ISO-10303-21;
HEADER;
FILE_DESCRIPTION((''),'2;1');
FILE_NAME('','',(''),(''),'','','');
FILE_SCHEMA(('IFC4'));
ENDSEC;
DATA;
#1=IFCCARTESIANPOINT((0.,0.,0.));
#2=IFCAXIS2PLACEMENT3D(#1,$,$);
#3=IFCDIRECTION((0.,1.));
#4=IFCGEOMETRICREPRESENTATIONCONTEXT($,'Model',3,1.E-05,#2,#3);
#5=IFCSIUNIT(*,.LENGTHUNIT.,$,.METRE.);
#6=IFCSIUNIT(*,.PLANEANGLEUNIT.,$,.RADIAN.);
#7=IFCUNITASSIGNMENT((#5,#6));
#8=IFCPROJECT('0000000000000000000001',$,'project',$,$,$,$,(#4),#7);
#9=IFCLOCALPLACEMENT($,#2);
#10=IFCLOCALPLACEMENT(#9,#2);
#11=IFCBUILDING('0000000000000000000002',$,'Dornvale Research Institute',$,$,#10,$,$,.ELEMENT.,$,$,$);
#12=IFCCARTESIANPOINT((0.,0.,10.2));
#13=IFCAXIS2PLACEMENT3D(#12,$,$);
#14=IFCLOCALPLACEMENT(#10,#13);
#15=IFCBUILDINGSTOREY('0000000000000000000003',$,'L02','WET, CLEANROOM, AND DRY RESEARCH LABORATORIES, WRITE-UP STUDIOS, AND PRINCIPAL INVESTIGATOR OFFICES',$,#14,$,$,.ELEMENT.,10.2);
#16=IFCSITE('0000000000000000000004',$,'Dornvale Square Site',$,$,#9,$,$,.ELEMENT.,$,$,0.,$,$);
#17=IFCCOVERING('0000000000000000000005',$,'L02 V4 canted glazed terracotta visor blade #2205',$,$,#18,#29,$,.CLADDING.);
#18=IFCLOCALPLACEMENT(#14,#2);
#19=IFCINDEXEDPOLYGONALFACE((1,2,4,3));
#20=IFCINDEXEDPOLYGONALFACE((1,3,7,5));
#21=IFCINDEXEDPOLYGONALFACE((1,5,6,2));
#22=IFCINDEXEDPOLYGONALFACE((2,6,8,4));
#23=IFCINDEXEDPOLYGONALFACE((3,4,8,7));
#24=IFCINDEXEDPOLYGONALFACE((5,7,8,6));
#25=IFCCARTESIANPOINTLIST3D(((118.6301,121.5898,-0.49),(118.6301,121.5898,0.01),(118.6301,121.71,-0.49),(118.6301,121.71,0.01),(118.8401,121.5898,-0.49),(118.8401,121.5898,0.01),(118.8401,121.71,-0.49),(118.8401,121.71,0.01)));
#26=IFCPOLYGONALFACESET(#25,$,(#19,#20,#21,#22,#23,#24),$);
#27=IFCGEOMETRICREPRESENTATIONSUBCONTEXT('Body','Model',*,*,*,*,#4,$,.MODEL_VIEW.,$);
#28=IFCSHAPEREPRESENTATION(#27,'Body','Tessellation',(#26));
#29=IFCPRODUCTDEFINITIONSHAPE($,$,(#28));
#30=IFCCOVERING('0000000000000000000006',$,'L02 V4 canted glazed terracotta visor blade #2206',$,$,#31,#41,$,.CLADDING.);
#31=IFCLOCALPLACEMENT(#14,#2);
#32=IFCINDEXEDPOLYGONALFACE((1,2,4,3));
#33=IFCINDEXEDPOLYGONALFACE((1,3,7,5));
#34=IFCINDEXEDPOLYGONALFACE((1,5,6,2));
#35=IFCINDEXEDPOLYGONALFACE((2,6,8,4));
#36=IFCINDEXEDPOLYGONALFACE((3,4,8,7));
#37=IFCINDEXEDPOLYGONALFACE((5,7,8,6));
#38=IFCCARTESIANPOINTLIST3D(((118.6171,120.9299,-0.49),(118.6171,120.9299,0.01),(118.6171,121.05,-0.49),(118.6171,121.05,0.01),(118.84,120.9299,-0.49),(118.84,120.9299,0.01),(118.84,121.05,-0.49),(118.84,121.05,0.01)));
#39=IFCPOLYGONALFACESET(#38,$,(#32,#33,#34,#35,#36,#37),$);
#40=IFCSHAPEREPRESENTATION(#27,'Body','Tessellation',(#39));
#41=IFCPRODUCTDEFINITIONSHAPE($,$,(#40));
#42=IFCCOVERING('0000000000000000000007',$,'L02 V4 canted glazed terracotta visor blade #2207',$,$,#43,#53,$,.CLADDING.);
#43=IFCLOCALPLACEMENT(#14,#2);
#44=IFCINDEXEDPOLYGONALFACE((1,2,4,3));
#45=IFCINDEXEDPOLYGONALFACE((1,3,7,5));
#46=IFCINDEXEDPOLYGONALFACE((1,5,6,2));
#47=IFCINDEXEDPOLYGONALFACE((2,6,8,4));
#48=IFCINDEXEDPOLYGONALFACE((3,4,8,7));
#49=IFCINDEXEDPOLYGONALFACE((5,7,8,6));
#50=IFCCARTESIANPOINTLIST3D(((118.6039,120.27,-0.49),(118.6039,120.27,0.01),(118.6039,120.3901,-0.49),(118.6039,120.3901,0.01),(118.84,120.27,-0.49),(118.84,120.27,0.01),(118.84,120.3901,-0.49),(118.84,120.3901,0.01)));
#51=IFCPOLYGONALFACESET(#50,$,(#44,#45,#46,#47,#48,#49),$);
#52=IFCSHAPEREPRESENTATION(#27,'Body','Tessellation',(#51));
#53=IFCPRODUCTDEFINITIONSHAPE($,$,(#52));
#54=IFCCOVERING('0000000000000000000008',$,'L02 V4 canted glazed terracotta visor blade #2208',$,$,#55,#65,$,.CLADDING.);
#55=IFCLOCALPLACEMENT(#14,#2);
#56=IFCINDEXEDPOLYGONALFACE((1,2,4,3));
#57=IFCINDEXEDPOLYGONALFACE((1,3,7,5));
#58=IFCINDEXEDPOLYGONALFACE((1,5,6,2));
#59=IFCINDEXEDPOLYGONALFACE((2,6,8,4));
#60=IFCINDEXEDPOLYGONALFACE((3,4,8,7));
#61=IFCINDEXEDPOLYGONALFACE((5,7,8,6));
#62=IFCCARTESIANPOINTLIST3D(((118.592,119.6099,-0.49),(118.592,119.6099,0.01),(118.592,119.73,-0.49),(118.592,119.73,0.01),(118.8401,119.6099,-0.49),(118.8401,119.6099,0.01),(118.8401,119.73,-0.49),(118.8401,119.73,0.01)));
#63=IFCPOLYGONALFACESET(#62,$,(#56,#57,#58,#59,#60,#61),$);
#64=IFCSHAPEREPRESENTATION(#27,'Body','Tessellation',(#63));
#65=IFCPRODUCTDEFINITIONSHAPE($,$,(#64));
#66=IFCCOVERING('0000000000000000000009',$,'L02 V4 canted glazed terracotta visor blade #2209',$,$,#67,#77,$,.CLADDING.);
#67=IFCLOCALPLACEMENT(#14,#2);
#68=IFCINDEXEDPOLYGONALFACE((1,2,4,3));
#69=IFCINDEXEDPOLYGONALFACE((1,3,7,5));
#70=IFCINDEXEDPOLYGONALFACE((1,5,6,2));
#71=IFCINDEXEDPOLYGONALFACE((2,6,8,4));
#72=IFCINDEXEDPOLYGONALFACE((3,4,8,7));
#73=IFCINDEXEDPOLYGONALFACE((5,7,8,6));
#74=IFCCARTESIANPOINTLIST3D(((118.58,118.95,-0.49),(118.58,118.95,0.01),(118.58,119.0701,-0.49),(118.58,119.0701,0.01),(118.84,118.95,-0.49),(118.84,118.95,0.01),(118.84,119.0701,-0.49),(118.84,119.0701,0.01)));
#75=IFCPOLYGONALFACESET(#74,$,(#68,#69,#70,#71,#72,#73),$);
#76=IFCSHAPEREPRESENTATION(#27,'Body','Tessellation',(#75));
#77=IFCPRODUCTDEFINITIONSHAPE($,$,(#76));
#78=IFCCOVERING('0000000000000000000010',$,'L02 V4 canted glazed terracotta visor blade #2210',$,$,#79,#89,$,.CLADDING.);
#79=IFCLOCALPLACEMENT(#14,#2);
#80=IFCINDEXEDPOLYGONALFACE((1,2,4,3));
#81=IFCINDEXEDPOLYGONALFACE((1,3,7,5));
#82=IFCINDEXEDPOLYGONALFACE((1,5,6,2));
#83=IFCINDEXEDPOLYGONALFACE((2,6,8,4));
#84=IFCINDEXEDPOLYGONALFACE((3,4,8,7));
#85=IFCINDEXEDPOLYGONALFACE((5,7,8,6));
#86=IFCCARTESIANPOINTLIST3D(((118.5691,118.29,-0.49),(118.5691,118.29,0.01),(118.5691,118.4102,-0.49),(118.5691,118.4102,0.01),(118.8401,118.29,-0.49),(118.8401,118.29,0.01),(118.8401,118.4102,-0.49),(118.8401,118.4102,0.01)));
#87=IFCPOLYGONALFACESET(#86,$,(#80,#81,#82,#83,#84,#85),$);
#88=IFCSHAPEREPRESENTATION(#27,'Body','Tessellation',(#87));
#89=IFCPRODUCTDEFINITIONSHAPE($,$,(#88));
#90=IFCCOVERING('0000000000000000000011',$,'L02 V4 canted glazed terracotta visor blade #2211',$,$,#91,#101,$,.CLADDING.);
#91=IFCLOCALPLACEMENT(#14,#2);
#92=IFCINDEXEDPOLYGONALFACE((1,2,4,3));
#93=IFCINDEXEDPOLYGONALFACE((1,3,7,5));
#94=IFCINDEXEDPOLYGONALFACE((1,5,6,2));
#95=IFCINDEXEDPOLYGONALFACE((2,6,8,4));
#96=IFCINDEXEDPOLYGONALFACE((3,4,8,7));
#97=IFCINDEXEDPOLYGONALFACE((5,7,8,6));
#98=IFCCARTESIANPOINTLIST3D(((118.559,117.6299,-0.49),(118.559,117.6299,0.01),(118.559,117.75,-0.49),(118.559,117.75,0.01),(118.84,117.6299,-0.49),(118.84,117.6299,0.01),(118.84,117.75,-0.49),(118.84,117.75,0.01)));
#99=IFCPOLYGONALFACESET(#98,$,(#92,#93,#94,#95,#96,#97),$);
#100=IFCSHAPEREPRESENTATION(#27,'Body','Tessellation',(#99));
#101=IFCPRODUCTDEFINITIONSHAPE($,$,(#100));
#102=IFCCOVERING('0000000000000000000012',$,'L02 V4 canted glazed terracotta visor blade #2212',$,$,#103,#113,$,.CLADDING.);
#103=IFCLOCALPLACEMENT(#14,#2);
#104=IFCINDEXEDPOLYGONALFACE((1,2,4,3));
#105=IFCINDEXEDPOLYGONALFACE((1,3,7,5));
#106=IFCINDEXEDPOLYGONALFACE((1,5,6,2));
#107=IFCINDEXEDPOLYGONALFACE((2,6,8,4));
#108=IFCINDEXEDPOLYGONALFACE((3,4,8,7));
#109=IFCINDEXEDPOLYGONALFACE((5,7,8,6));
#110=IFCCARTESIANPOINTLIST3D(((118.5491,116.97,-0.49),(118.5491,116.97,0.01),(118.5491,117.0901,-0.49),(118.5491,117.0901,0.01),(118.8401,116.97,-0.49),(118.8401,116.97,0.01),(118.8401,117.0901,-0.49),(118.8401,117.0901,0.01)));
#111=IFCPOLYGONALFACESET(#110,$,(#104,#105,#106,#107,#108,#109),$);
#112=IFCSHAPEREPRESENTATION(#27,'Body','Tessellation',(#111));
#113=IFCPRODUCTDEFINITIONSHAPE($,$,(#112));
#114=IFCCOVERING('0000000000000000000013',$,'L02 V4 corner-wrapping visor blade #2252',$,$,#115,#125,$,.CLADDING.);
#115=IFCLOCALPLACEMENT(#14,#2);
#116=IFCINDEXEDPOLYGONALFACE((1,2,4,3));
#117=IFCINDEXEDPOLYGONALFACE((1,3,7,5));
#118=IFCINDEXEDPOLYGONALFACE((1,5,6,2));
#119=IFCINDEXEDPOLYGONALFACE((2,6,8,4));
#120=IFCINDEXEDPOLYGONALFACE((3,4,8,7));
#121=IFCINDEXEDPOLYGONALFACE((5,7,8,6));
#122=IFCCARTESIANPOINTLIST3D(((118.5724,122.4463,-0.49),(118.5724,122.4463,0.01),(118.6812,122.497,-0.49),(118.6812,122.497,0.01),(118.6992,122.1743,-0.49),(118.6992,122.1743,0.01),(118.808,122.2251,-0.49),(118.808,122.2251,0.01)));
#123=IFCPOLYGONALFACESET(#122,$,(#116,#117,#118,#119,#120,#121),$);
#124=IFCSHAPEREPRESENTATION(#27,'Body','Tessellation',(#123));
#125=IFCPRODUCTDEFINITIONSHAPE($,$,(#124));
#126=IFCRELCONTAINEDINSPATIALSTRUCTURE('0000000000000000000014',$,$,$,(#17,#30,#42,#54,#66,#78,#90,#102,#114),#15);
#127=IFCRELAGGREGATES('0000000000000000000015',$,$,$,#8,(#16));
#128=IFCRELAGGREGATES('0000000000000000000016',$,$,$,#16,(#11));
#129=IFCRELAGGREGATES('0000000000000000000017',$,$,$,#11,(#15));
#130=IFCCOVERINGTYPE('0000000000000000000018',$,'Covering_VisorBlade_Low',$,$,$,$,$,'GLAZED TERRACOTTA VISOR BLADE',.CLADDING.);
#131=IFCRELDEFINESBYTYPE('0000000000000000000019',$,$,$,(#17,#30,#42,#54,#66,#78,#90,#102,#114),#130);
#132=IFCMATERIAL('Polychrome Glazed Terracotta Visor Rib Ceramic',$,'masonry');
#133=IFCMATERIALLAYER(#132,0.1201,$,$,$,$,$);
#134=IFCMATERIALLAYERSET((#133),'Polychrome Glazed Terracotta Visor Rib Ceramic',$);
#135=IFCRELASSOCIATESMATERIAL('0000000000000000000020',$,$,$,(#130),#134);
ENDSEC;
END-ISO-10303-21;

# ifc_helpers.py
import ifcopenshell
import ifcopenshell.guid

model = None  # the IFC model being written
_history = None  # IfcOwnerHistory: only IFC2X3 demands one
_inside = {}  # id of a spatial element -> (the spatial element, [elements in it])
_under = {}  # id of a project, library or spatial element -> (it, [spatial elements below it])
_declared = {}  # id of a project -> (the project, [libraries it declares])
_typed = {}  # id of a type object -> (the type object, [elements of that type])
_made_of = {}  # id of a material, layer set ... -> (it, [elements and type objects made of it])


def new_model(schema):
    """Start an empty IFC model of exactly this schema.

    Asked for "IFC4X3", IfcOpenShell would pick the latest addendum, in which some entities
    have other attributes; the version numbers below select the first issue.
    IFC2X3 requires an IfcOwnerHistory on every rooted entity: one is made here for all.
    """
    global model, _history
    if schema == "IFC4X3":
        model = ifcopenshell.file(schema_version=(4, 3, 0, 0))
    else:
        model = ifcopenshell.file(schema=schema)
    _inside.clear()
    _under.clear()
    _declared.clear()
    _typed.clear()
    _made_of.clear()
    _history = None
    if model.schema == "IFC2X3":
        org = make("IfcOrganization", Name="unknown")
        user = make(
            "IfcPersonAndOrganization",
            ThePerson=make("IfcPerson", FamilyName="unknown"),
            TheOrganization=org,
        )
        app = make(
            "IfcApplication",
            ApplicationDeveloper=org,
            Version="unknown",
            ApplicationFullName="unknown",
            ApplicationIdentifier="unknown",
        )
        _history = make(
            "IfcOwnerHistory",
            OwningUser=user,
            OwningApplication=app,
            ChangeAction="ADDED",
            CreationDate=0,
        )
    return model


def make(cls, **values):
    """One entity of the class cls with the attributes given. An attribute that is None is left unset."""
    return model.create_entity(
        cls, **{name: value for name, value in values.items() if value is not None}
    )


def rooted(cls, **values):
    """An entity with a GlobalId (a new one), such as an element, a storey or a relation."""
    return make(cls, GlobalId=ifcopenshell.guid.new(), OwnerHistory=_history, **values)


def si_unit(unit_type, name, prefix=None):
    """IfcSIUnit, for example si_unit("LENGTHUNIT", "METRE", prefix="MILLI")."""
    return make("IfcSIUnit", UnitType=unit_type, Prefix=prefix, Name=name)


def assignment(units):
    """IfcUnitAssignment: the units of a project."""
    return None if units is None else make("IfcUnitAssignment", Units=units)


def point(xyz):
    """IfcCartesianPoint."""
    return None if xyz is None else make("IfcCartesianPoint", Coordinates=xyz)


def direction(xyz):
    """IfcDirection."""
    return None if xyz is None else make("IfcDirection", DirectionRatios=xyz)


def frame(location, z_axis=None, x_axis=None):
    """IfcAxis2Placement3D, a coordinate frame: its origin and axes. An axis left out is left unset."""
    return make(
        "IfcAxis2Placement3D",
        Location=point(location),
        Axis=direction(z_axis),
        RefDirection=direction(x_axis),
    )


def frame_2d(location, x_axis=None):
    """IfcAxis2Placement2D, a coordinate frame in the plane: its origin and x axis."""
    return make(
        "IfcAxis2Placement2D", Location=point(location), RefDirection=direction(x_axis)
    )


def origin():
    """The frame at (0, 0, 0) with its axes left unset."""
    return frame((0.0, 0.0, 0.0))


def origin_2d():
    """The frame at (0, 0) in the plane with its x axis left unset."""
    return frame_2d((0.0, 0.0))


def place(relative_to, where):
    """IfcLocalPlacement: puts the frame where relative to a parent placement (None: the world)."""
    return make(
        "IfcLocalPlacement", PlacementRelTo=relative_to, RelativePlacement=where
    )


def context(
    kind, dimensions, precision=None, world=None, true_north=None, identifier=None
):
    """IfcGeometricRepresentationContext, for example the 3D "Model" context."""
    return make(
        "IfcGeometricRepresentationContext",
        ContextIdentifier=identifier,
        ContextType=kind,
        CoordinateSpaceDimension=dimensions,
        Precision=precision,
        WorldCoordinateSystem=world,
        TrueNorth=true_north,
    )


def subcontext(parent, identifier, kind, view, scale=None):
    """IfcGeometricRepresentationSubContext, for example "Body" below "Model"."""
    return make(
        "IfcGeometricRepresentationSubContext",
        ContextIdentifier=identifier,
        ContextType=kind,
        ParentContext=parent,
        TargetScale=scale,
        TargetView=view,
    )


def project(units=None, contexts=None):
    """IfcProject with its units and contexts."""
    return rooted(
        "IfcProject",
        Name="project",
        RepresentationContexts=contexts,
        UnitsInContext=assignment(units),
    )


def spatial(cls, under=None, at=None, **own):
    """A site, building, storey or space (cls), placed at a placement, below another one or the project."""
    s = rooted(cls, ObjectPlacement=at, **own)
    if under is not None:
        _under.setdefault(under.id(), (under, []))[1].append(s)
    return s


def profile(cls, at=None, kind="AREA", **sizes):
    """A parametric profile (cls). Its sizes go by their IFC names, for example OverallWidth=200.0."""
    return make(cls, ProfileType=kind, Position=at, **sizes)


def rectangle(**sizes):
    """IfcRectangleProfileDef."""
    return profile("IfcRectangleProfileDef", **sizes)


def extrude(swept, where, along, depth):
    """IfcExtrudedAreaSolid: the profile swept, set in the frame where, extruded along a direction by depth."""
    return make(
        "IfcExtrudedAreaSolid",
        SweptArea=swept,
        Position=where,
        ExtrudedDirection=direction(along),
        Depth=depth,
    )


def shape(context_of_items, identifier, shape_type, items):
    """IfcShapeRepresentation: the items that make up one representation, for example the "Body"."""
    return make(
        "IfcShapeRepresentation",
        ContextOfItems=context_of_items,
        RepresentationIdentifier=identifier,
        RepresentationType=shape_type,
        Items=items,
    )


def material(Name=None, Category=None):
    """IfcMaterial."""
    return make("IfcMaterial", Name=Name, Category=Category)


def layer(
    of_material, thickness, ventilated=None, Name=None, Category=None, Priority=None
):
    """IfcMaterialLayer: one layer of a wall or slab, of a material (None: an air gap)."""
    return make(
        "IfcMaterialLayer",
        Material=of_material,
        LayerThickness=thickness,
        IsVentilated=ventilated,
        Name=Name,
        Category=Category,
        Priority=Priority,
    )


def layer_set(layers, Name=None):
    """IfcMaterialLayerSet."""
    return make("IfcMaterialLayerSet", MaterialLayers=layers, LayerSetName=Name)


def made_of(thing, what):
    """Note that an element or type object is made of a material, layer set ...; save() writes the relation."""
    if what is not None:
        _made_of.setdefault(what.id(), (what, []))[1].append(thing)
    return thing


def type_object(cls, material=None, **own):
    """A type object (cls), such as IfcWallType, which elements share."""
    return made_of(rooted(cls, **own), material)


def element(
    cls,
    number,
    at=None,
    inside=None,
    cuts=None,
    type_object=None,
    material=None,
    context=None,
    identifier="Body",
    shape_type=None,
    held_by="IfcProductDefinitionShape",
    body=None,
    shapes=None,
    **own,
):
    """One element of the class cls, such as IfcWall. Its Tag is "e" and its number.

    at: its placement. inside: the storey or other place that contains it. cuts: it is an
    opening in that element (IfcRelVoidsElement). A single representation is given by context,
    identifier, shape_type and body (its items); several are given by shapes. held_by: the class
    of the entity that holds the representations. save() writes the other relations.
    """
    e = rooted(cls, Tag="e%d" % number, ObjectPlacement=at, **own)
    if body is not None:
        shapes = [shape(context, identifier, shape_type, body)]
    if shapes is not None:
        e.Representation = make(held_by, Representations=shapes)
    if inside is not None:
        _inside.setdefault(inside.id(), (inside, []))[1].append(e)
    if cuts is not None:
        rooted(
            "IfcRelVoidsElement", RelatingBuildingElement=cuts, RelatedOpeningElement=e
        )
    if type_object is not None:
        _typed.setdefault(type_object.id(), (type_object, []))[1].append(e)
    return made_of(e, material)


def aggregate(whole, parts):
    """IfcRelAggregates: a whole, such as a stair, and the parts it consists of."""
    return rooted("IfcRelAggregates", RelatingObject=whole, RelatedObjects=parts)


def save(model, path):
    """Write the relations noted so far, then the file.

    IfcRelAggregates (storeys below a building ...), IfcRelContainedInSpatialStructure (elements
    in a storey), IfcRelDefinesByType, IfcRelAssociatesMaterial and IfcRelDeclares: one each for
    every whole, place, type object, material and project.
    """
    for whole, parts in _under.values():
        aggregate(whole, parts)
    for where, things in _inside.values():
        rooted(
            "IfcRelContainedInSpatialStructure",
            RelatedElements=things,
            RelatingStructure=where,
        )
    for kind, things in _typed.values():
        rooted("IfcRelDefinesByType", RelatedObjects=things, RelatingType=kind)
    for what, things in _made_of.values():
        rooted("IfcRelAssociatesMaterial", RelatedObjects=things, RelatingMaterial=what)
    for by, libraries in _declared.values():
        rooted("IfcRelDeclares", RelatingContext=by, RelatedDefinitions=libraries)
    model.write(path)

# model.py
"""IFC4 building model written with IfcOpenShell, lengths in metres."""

from ifc_helpers import new_model, si_unit, direction, frame, origin, origin_2d, place, context, subcontext, project, spatial, rectangle, extrude, material, layer, layer_set, type_object, element, save


model = new_model("IFC4")

# Units and contexts
model_context = context("Model", 3, precision=1e-05, world=origin(), true_north=direction((0.0, 1.0)))
body_context = subcontext(model_context, "Body", "Model", "MODEL_VIEW")
ifc_project = project(units=[si_unit("LENGTHUNIT", "METRE"), si_unit("PLANEANGLEUNIT", "RADIAN")], contexts=[model_context])

# Site, building, storey
site_placement = place(None, origin())
site = spatial("IfcSite", under=ifc_project, at=site_placement, Name="Dornvale Square Site", CompositionType="ELEMENT", RefElevation=0.0)
building_placement = place(site_placement, origin())
building = spatial("IfcBuilding", under=site, at=building_placement, Name="Dornvale Research Institute", CompositionType="ELEMENT")
storey_placement = place(building_placement, frame((0.0, 0.0, 10.2)))
storey = spatial("IfcBuildingStorey", under=building, at=storey_placement, Name="L02", Description="WET, CLEANROOM, AND DRY RESEARCH LABORATORIES, WRITE-UP STUDIOS, AND PRINCIPAL INVESTIGATOR OFFICES", CompositionType="ELEMENT", Elevation=10.2)

# Coverings
ifc_material_1 = material(Name="Polychrome Glazed Terracotta Visor Rib Ceramic", Category="masonry")
ifc_layer_1 = layer(ifc_material_1, 0.1201)
ifc_layer_set_1 = layer_set([ifc_layer_1], Name="Polychrome Glazed Terracotta Visor Rib Ceramic")
covering_type = type_object("IfcCoveringType", Name="Covering_VisorBlade_Low", ElementType="GLAZED TERRACOTTA VISOR BLADE", PredefinedType="CLADDING", material=ifc_layer_set_1)
covering_1_placement = place(storey_placement, frame((118.7351, 121.6499, -0.49), z_axis=(0.0, 0.0, 1.0), x_axis=(1.0, 0.0, 0.0)))
element("IfcCovering", 1, at=covering_1_placement, inside=storey, type_object=covering_type, Name="L02 V4 canted glazed terracotta visor blade #2205", PredefinedType="CLADDING", context=body_context, shape_type="SweptSolid", body=[
    extrude(rectangle(XDim=0.21, YDim=0.1201, at=origin_2d()), origin(), (0.0, 0.0, 1.0), 0.5),
])
covering_2_placement = place(storey_placement, frame((118.7285, 120.99, -0.49), z_axis=(0.0, 0.0, 1.0), x_axis=(1.0, 0.0, 0.0)))
element("IfcCovering", 2, at=covering_2_placement, inside=storey, type_object=covering_type, Name="L02 V4 canted glazed terracotta visor blade #2206", PredefinedType="CLADDING", context=body_context, shape_type="SweptSolid", body=[
    extrude(rectangle(XDim=0.2229, YDim=0.1201, at=origin_2d()), origin(), (0.0, 0.0, 1.0), 0.5),
])
covering_3_placement = place(storey_placement, frame((118.7219, 120.3301, -0.49), z_axis=(0.0, 0.0, 1.0), x_axis=(1.0, 0.0, 0.0)))
element("IfcCovering", 3, at=covering_3_placement, inside=storey, type_object=covering_type, Name="L02 V4 canted glazed terracotta visor blade #2207", PredefinedType="CLADDING", context=body_context, shape_type="SweptSolid", body=[
    extrude(rectangle(XDim=0.2361, YDim=0.1201, at=origin_2d()), origin(), (0.0, 0.0, 1.0), 0.5),
])
covering_4_placement = place(storey_placement, frame((118.7161, 119.6699, -0.49), z_axis=(0.0, 0.0, 1.0), x_axis=(1.0, 0.0, 0.0)))
element("IfcCovering", 4, at=covering_4_placement, inside=storey, type_object=covering_type, Name="L02 V4 canted glazed terracotta visor blade #2208", PredefinedType="CLADDING", context=body_context, shape_type="SweptSolid", body=[
    extrude(rectangle(XDim=0.248, YDim=0.1201, at=origin_2d()), origin(), (0.0, 0.0, 1.0), 0.5),
])
covering_5_placement = place(storey_placement, frame((118.71, 119.01, -0.49), z_axis=(0.0, 0.0, 1.0), x_axis=(1.0, 0.0, 0.0)))
element("IfcCovering", 5, at=covering_5_placement, inside=storey, type_object=covering_type, Name="L02 V4 canted glazed terracotta visor blade #2209", PredefinedType="CLADDING", context=body_context, shape_type="SweptSolid", body=[
    extrude(rectangle(XDim=0.26, YDim=0.1201, at=origin_2d()), origin(), (0.0, 0.0, 1.0), 0.5),
])
covering_6_placement = place(storey_placement, frame((118.7046, 118.3501, -0.49), z_axis=(0.0, 0.0, 1.0), x_axis=(1.0, 0.0, 0.0)))
element("IfcCovering", 6, at=covering_6_placement, inside=storey, type_object=covering_type, Name="L02 V4 canted glazed terracotta visor blade #2210", PredefinedType="CLADDING", context=body_context, shape_type="SweptSolid", body=[
    extrude(rectangle(XDim=0.271, YDim=0.1201, at=origin_2d()), origin(), (0.0, 0.0, 1.0), 0.5),
])
covering_7_placement = place(storey_placement, frame((118.6995, 117.6899, -0.49), z_axis=(0.0, 0.0, 1.0), x_axis=(1.0, 0.0, 0.0)))
element("IfcCovering", 7, at=covering_7_placement, inside=storey, type_object=covering_type, Name="L02 V4 canted glazed terracotta visor blade #2211", PredefinedType="CLADDING", context=body_context, shape_type="SweptSolid", body=[
    extrude(rectangle(XDim=0.281, YDim=0.1201, at=origin_2d()), origin(), (0.0, 0.0, 1.0), 0.5),
])
covering_8_placement = place(storey_placement, frame((118.6946, 117.03, -0.49), z_axis=(0.0, 0.0, 1.0), x_axis=(1.0, 0.0, 0.0)))
element("IfcCovering", 8, at=covering_8_placement, inside=storey, type_object=covering_type, Name="L02 V4 canted glazed terracotta visor blade #2212", PredefinedType="CLADDING", context=body_context, shape_type="SweptSolid", body=[
    extrude(rectangle(XDim=0.291, YDim=0.1201, at=origin_2d()), origin(), (0.0, 0.0, 1.0), 0.5),
])
covering_9_placement = place(storey_placement, frame((118.6902, 122.3357, -0.49), z_axis=(0.0, 0.0, 1.0), x_axis=(-0.422618, 0.906308, 0.0)))
element("IfcCovering", 9, at=covering_9_placement, inside=storey, type_object=covering_type, Name="L02 V4 corner-wrapping visor blade #2252", PredefinedType="CLADDING", context=body_context, shape_type="SweptSolid", body=[
    extrude(rectangle(XDim=0.3, YDim=0.1201, at=origin_2d()), origin(), (0.0, 0.0, 1.0), 0.5),
])

save(model, "model.ifc")
